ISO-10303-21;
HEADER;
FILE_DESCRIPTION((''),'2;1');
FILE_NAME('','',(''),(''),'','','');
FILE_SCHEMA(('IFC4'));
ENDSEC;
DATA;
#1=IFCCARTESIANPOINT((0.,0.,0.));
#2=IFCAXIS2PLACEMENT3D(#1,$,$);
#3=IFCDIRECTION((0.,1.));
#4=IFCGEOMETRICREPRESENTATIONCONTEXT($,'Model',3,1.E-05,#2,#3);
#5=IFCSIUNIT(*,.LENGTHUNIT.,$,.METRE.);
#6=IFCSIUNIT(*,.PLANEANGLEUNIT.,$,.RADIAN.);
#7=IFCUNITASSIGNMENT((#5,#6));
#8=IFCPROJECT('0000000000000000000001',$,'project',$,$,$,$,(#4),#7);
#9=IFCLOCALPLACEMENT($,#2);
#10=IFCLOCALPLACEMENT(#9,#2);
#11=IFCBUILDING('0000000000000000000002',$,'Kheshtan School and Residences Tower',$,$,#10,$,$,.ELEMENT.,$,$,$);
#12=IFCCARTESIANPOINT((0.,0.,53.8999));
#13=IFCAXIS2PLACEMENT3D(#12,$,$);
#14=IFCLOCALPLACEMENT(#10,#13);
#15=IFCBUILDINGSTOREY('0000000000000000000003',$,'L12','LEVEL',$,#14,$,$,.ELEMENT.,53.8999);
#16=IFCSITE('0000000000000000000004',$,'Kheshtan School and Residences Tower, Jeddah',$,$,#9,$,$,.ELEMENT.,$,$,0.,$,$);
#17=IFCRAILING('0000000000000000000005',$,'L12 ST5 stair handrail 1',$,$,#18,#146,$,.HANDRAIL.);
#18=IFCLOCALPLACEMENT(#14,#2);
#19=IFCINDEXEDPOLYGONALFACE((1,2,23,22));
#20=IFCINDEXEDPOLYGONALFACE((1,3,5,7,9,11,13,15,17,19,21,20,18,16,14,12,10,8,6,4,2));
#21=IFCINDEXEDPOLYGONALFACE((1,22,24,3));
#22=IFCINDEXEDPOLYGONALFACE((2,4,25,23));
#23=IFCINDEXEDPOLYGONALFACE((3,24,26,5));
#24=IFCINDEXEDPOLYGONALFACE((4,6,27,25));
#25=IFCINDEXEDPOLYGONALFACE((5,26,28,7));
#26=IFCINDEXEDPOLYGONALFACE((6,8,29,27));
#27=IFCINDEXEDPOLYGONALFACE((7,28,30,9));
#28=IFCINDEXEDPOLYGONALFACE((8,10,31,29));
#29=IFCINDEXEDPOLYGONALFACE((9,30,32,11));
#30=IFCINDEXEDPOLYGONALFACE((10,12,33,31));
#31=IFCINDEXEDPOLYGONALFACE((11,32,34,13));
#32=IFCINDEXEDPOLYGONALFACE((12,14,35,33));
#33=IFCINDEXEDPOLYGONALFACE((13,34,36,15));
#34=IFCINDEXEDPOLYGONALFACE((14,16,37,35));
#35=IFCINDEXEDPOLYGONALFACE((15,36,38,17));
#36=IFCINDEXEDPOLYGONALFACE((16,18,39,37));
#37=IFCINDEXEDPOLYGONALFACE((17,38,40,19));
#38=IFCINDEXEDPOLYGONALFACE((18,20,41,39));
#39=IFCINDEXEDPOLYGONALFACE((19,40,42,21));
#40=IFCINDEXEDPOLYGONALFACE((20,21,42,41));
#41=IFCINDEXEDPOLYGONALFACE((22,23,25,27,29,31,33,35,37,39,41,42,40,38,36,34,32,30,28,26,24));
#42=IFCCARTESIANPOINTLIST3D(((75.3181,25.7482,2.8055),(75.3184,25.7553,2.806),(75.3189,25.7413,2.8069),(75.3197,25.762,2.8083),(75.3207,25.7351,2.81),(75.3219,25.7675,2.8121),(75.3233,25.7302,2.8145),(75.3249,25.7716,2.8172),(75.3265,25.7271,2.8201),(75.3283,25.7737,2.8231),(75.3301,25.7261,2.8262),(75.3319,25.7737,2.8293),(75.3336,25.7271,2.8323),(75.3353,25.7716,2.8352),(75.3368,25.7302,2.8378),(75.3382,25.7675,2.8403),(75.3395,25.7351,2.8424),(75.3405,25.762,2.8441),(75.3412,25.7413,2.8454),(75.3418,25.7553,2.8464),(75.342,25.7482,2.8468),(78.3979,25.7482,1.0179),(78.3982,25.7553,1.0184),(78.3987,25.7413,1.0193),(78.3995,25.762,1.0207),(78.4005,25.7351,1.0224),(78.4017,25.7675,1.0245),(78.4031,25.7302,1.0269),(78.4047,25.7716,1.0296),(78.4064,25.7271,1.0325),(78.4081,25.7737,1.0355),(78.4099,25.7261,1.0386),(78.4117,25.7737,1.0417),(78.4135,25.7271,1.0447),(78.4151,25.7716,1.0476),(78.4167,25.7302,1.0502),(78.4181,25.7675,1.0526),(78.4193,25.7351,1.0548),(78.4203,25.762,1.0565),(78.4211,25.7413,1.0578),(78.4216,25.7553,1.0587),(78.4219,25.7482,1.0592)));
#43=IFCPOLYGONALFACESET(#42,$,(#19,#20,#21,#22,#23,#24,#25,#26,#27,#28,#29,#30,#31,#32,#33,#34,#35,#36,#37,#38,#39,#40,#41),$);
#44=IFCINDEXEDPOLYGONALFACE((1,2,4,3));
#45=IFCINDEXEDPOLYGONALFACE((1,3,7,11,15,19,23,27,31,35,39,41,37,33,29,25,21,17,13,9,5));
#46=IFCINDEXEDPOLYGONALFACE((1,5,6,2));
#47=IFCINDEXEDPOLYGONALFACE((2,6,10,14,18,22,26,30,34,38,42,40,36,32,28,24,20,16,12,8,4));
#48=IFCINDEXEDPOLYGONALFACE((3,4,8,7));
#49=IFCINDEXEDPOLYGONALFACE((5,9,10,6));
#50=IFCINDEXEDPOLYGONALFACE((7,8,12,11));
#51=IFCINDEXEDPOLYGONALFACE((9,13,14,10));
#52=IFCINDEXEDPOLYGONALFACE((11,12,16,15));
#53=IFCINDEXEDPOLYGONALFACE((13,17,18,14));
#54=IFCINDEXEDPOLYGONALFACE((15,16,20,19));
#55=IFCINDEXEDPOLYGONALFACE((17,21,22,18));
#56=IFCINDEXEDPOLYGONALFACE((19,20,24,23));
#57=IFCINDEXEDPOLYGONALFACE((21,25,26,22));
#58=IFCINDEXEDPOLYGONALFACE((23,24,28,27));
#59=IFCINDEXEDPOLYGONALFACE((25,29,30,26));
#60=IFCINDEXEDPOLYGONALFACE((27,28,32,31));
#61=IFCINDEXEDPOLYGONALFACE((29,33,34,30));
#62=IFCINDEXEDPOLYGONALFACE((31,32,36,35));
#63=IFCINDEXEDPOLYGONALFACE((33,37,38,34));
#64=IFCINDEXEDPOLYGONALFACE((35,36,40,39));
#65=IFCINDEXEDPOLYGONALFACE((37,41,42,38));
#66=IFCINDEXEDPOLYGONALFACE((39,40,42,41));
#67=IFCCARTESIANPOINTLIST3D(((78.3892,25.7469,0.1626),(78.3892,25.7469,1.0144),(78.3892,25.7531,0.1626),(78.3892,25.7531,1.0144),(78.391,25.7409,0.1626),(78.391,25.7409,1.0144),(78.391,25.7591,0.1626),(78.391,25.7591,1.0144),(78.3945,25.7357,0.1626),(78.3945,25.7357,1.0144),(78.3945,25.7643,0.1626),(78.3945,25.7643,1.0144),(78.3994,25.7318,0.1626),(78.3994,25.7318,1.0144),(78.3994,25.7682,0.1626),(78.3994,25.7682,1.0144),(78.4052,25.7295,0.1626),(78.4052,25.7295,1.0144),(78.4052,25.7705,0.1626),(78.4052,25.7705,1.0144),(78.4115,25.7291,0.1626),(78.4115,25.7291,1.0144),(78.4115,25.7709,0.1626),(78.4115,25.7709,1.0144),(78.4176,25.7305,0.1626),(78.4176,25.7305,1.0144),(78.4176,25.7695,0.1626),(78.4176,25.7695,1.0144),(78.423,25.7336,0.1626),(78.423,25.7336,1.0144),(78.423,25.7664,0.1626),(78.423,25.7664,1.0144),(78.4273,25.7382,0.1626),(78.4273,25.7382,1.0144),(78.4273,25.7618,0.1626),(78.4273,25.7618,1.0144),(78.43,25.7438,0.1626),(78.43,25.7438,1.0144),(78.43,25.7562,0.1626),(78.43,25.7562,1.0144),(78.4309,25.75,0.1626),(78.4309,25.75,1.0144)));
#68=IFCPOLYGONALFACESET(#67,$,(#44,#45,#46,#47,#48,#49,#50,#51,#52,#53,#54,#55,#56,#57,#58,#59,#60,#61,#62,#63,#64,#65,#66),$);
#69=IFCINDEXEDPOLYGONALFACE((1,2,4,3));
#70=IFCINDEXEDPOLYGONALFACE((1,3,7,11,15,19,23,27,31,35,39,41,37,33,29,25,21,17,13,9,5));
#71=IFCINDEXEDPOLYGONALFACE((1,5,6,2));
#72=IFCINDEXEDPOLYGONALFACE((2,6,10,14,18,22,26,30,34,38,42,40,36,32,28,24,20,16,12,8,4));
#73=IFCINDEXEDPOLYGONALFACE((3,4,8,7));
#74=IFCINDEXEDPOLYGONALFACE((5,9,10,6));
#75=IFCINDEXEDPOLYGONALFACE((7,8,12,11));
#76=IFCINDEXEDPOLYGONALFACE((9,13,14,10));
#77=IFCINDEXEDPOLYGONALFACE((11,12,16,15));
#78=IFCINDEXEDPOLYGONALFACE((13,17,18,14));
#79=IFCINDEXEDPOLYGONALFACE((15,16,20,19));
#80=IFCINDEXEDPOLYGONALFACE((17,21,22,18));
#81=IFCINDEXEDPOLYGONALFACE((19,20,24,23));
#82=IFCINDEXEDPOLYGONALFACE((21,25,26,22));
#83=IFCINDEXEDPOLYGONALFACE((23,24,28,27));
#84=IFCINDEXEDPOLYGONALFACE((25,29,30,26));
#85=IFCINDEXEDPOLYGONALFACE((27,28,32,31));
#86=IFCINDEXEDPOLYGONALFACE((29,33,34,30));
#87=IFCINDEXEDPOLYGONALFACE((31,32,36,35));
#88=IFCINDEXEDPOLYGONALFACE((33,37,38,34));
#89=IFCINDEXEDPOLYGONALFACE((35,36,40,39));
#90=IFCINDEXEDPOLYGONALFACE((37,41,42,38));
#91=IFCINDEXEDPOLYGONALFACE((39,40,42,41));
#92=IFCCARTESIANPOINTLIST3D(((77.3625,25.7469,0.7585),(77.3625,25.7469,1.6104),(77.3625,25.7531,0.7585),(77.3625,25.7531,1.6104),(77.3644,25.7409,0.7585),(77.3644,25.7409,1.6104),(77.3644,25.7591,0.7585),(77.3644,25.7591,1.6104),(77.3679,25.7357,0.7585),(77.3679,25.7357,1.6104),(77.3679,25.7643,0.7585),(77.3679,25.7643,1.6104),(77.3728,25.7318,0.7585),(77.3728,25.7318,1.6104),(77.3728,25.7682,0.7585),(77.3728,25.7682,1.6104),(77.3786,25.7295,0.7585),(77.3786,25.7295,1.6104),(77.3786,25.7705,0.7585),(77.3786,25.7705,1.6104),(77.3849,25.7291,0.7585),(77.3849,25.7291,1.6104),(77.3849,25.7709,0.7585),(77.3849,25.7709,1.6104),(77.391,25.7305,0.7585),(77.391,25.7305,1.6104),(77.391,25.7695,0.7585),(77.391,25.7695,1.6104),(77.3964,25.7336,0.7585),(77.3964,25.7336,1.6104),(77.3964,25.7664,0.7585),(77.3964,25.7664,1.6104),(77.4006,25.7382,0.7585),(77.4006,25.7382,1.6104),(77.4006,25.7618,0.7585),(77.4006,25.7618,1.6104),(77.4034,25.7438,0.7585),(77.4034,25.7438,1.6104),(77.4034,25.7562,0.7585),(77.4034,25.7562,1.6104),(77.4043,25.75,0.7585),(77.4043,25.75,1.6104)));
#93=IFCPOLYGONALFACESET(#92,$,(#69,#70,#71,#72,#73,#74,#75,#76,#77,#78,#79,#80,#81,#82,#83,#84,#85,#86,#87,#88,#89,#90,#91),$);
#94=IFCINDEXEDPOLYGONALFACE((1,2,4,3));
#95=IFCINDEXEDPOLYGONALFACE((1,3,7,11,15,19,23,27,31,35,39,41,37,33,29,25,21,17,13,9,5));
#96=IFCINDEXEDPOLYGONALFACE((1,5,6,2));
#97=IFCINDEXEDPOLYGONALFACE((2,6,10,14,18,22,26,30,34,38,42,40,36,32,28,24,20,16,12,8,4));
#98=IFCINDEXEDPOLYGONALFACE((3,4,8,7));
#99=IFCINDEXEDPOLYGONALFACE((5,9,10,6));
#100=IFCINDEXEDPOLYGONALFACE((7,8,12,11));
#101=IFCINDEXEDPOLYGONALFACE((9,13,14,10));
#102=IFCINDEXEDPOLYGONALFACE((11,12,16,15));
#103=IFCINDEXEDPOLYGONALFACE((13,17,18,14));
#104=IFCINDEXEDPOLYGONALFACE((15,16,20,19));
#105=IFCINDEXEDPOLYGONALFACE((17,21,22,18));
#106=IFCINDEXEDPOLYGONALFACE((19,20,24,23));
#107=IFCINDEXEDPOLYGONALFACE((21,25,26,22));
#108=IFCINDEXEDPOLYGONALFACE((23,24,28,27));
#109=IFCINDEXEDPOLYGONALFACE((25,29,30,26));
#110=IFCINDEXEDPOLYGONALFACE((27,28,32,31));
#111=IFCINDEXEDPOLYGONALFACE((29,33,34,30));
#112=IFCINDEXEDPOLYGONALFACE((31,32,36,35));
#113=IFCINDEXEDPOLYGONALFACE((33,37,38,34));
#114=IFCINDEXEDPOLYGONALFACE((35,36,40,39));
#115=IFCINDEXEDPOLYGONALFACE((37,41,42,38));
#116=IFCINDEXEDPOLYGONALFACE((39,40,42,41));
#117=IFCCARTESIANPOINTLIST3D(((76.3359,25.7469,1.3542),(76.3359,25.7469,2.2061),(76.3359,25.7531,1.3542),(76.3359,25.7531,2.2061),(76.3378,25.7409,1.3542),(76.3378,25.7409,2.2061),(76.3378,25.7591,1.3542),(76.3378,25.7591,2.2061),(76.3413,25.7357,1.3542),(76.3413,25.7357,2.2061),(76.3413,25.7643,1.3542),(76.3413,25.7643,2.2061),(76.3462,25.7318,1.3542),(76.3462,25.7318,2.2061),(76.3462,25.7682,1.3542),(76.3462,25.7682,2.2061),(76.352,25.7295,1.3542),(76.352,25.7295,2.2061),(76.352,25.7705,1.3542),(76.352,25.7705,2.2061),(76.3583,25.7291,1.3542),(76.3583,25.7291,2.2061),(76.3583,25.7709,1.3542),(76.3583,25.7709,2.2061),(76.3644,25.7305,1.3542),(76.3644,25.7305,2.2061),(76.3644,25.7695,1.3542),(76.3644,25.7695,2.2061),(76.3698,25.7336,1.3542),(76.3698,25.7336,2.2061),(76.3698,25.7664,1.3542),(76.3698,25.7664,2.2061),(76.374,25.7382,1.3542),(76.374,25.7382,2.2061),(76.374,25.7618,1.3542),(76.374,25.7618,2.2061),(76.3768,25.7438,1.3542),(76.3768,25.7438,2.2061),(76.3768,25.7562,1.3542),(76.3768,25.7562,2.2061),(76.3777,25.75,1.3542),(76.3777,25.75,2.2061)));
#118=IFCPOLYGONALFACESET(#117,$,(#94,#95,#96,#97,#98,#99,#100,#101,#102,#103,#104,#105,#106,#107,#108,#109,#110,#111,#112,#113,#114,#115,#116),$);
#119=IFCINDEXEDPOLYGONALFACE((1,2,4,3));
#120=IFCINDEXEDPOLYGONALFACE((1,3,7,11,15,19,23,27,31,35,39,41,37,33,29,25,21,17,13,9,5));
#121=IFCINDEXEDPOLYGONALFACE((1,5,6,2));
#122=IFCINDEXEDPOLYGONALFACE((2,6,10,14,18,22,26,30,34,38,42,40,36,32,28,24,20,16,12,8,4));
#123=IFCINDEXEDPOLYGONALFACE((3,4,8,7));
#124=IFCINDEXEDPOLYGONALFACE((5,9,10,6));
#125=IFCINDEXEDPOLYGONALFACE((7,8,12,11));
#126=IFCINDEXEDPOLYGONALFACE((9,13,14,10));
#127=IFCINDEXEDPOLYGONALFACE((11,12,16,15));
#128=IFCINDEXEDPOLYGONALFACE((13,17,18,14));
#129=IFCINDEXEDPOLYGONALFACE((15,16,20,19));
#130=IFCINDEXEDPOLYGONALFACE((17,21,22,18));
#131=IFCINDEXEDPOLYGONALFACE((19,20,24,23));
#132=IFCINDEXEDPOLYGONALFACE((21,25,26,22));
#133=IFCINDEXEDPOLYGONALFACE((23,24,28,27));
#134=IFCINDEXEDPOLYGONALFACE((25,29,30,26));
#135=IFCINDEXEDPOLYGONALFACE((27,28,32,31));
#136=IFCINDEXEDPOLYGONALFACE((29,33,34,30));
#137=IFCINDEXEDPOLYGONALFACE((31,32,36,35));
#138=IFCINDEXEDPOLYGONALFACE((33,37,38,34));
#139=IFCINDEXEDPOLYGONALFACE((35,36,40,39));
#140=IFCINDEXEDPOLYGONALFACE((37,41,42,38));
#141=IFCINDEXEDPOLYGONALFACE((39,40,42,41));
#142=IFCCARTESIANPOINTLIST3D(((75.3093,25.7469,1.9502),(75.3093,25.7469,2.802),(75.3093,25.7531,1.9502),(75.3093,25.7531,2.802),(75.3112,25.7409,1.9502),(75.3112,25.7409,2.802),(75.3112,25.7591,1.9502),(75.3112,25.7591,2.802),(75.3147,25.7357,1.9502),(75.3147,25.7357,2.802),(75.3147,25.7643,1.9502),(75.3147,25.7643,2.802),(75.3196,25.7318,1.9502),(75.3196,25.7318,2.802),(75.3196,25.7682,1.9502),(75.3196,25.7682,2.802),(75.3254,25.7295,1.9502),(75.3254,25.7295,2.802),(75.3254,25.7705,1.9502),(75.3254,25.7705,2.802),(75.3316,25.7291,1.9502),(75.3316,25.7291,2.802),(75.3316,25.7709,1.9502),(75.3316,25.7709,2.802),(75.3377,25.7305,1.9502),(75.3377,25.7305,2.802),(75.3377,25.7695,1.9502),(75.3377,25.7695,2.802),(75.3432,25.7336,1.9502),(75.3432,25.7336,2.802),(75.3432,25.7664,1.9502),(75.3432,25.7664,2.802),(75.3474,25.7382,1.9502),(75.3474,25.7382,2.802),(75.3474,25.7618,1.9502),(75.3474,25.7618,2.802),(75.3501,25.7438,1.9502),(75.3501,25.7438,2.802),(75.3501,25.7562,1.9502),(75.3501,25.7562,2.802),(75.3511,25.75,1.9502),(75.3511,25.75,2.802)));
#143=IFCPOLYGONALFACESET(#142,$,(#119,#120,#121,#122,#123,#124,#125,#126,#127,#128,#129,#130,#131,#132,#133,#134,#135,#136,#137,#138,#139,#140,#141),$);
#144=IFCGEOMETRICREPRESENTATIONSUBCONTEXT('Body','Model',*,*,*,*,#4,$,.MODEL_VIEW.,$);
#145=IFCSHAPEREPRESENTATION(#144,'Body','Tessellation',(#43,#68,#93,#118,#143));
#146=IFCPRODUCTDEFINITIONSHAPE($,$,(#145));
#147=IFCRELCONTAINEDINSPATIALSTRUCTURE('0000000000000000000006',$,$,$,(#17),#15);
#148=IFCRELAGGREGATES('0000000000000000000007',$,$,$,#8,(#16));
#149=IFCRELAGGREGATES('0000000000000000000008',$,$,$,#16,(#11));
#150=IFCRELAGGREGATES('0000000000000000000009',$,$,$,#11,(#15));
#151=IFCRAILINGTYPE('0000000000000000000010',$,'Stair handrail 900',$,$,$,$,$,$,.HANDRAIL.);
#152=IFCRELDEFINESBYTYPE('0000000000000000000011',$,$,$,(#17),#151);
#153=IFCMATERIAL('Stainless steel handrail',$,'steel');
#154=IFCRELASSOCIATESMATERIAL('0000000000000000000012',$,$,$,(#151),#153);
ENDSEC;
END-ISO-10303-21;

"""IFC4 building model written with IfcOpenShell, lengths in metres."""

from ifc_helpers import new_model, si_unit, direction, frame, origin, origin_2d, place, context, subcontext, project, spatial, circle, extrude, material, type_object, element, save


model = new_model("IFC4")

# Units and contexts
model_context = context("Model", 3, precision=1e-05, world=origin(), true_north=direction((0.0, 1.0)))
body_context = subcontext(model_context, "Body", "Model", "MODEL_VIEW")
ifc_project = project(units=[si_unit("LENGTHUNIT", "METRE"), si_unit("PLANEANGLEUNIT", "RADIAN")], contexts=[model_context])

# Site, building, storey
site_placement = place(None, origin())
site = spatial("IfcSite", under=ifc_project, at=site_placement, Name="Kheshtan School and Residences Tower, Jeddah", CompositionType="ELEMENT", RefElevation=0.0)
building_placement = place(site_placement, origin())
building = spatial("IfcBuilding", under=site, at=building_placement, Name="Kheshtan School and Residences Tower", CompositionType="ELEMENT")
storey_placement = place(building_placement, frame((0.0, 0.0, 53.8999)))
storey = spatial("IfcBuildingStorey", under=building, at=storey_placement, Name="L12", Description="LEVEL", CompositionType="ELEMENT", Elevation=53.8999)

# Railing
ifc_material_1 = material(Name="Stainless steel handrail", Category="steel")
railing_type_1 = type_object("IfcRailingType", Name="Stair handrail 900", PredefinedType="HANDRAIL", material=ifc_material_1)
railing_1_placement = place(storey_placement, frame((78.4099, 25.75, 0.1626)))
element("IfcRailing", 1, at=railing_1_placement, inside=storey, type_object=railing_type_1, Name="L12 ST5 stair handrail 1", PredefinedType="HANDRAIL", context=body_context, shape_type="SweptSolid", body=[
    extrude(circle(Radius=0.0239, at=origin_2d()), frame((0.0, 0.0, 0.876), z_axis=(-0.864873, 0.0, 0.50199), x_axis=(0.0, -1.0, 0.0)), (0.0, 0.0, 1.0), 3.561),
    extrude(circle(Radius=0.021, at=origin_2d()), origin(), (0.0, 0.0, 1.0), 0.8518),
    extrude(circle(Radius=0.021, at=origin_2d()), frame((-1.0266, 0.0, 0.5959)), (0.0, 0.0, 1.0), 0.8518),
    extrude(circle(Radius=0.021, at=origin_2d()), frame((-2.0532, 0.0, 1.1917)), (0.0, 0.0, 1.0), 0.8518),
    extrude(circle(Radius=0.021, at=origin_2d()), frame((-3.0798, 0.0, 1.7876)), (0.0, 0.0, 1.0), 0.8518),
])

save(model, "model.ifc")
